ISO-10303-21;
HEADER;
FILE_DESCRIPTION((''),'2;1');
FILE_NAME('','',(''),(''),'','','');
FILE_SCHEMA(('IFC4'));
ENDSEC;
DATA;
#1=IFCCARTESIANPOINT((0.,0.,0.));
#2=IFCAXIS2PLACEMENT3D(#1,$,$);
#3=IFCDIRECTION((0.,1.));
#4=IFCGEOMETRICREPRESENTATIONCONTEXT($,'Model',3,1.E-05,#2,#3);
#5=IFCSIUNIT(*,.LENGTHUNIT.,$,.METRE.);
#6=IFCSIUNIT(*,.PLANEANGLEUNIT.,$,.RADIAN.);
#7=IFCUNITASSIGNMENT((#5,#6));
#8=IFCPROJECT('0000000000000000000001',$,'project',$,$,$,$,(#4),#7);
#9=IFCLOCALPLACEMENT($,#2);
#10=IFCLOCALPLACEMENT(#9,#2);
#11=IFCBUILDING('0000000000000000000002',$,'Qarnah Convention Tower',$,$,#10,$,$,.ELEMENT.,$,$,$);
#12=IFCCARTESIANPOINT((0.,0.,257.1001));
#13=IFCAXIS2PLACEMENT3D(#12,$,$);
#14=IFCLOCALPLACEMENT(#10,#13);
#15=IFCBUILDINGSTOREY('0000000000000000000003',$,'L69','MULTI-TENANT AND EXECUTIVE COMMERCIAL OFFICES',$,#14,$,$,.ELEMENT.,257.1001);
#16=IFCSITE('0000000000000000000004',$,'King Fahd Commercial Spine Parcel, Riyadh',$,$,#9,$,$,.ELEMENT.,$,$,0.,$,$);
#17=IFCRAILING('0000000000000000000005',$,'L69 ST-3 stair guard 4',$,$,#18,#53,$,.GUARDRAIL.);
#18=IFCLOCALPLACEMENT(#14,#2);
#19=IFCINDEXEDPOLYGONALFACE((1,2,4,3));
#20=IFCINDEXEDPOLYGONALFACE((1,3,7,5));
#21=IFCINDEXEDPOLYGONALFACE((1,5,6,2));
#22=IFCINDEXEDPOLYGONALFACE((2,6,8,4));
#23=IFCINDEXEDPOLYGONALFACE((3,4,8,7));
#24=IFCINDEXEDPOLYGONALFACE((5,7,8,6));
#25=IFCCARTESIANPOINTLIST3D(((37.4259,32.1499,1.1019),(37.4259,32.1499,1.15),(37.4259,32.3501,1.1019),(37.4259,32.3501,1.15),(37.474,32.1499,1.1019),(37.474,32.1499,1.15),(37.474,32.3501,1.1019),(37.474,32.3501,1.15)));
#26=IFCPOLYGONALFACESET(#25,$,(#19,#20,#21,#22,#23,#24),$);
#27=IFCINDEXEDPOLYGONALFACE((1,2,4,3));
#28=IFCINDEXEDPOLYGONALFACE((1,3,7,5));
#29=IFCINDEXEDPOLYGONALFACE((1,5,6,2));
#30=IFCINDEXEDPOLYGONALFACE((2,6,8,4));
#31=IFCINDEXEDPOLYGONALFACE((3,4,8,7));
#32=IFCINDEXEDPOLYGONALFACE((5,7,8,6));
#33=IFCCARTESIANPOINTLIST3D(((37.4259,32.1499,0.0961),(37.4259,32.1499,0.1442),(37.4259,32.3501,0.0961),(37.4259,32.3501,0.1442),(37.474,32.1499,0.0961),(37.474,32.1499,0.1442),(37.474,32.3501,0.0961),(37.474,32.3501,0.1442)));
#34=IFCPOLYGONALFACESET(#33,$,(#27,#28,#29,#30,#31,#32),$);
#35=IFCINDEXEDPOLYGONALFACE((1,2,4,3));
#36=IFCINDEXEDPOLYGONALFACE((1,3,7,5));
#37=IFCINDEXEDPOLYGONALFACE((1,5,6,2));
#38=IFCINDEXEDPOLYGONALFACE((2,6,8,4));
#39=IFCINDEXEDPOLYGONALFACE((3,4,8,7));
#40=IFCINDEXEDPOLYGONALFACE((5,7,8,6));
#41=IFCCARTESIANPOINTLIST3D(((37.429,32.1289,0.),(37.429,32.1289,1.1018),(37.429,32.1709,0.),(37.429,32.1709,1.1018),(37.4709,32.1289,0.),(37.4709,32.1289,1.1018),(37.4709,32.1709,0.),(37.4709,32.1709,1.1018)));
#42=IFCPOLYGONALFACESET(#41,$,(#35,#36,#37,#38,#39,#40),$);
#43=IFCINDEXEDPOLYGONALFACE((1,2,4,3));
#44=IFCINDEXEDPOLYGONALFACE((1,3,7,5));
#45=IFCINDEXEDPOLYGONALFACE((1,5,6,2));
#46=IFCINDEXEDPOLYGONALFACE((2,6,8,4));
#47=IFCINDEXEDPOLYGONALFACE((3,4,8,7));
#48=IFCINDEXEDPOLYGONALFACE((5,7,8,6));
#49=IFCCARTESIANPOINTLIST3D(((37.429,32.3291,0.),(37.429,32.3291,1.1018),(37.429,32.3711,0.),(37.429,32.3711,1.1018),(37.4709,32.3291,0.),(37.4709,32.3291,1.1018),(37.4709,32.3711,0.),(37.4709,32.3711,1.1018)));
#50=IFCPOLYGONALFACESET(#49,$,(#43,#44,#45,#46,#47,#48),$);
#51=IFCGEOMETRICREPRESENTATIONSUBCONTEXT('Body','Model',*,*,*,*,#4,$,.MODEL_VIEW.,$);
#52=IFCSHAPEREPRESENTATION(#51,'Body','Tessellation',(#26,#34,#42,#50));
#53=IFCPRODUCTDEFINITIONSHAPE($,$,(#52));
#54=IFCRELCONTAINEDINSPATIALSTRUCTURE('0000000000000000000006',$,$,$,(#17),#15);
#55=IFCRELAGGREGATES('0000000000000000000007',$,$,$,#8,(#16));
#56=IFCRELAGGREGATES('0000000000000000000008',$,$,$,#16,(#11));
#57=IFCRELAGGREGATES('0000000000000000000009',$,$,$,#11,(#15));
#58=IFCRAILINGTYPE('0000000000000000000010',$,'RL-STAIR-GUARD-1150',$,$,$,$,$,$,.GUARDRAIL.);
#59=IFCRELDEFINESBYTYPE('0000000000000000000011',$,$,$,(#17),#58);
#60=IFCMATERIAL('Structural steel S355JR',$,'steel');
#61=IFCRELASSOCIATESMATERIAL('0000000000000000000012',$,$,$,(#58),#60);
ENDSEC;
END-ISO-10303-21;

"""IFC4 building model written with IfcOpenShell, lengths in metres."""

from ifc_helpers import new_model, si_unit, direction, frame, origin, origin_2d, place, context, subcontext, project, spatial, rectangle, extrude, material, type_object, element, save


model = new_model("IFC4")

# Units and contexts
model_context = context("Model", 3, precision=1e-05, world=origin(), true_north=direction((0.0, 1.0)))
body_context = subcontext(model_context, "Body", "Model", "MODEL_VIEW")
ifc_project = project(units=[si_unit("LENGTHUNIT", "METRE"), si_unit("PLANEANGLEUNIT", "RADIAN")], contexts=[model_context])

# Site, building, storey
site_placement = place(None, origin())
site = spatial("IfcSite", under=ifc_project, at=site_placement, Name="King Fahd Commercial Spine Parcel, Riyadh", CompositionType="ELEMENT", RefElevation=0.0)
building_placement = place(site_placement, origin())
building = spatial("IfcBuilding", under=site, at=building_placement, Name="Qarnah Convention Tower", CompositionType="ELEMENT")
storey_placement = place(building_placement, frame((0.0, 0.0, 257.1001)))
storey = spatial("IfcBuildingStorey", under=building, at=storey_placement, Name="L69", Description="MULTI-TENANT AND EXECUTIVE COMMERCIAL OFFICES", CompositionType="ELEMENT", Elevation=257.1001)

# Shared definitions
ifc_material_1 = material(Name="Structural steel S355JR", Category="steel")

# Railing
railing_type_1 = type_object("IfcRailingType", Name="RL-STAIR-GUARD-1150", PredefinedType="GUARDRAIL", material=ifc_material_1)
railing_1_placement = place(storey_placement, frame((37.45, 32.1499, 0.0)))
element("IfcRailing", 1, at=railing_1_placement, inside=storey, type_object=railing_type_1, Name="L69 ST-3 stair guard 4", PredefinedType="GUARDRAIL", context=body_context, shape_type="SweptSolid", body=[
    extrude(rectangle(XDim=0.0481, YDim=0.0481, at=origin_2d()), frame((0.0, 0.0, 1.126), z_axis=(0.0, 1.0, 0.0), x_axis=(-1.0, 0.0, 0.0)), (0.0, 0.0, 1.0), 0.2002),
    extrude(rectangle(XDim=0.0481, YDim=0.0481, at=origin_2d()), frame((0.0, 0.0, 0.1201), z_axis=(0.0, 1.0, 0.0), x_axis=(-1.0, 0.0, 0.0)), (0.0, 0.0, 1.0), 0.2002),
    extrude(rectangle(XDim=0.042, YDim=0.042, at=origin_2d()), origin(), (0.0, 0.0, 1.0), 1.1018),
    extrude(rectangle(XDim=0.042, YDim=0.042, at=origin_2d()), frame((0.0, 0.2002, 0.0)), (0.0, 0.0, 1.0), 1.1018),
])

save(model, "model.ifc")
